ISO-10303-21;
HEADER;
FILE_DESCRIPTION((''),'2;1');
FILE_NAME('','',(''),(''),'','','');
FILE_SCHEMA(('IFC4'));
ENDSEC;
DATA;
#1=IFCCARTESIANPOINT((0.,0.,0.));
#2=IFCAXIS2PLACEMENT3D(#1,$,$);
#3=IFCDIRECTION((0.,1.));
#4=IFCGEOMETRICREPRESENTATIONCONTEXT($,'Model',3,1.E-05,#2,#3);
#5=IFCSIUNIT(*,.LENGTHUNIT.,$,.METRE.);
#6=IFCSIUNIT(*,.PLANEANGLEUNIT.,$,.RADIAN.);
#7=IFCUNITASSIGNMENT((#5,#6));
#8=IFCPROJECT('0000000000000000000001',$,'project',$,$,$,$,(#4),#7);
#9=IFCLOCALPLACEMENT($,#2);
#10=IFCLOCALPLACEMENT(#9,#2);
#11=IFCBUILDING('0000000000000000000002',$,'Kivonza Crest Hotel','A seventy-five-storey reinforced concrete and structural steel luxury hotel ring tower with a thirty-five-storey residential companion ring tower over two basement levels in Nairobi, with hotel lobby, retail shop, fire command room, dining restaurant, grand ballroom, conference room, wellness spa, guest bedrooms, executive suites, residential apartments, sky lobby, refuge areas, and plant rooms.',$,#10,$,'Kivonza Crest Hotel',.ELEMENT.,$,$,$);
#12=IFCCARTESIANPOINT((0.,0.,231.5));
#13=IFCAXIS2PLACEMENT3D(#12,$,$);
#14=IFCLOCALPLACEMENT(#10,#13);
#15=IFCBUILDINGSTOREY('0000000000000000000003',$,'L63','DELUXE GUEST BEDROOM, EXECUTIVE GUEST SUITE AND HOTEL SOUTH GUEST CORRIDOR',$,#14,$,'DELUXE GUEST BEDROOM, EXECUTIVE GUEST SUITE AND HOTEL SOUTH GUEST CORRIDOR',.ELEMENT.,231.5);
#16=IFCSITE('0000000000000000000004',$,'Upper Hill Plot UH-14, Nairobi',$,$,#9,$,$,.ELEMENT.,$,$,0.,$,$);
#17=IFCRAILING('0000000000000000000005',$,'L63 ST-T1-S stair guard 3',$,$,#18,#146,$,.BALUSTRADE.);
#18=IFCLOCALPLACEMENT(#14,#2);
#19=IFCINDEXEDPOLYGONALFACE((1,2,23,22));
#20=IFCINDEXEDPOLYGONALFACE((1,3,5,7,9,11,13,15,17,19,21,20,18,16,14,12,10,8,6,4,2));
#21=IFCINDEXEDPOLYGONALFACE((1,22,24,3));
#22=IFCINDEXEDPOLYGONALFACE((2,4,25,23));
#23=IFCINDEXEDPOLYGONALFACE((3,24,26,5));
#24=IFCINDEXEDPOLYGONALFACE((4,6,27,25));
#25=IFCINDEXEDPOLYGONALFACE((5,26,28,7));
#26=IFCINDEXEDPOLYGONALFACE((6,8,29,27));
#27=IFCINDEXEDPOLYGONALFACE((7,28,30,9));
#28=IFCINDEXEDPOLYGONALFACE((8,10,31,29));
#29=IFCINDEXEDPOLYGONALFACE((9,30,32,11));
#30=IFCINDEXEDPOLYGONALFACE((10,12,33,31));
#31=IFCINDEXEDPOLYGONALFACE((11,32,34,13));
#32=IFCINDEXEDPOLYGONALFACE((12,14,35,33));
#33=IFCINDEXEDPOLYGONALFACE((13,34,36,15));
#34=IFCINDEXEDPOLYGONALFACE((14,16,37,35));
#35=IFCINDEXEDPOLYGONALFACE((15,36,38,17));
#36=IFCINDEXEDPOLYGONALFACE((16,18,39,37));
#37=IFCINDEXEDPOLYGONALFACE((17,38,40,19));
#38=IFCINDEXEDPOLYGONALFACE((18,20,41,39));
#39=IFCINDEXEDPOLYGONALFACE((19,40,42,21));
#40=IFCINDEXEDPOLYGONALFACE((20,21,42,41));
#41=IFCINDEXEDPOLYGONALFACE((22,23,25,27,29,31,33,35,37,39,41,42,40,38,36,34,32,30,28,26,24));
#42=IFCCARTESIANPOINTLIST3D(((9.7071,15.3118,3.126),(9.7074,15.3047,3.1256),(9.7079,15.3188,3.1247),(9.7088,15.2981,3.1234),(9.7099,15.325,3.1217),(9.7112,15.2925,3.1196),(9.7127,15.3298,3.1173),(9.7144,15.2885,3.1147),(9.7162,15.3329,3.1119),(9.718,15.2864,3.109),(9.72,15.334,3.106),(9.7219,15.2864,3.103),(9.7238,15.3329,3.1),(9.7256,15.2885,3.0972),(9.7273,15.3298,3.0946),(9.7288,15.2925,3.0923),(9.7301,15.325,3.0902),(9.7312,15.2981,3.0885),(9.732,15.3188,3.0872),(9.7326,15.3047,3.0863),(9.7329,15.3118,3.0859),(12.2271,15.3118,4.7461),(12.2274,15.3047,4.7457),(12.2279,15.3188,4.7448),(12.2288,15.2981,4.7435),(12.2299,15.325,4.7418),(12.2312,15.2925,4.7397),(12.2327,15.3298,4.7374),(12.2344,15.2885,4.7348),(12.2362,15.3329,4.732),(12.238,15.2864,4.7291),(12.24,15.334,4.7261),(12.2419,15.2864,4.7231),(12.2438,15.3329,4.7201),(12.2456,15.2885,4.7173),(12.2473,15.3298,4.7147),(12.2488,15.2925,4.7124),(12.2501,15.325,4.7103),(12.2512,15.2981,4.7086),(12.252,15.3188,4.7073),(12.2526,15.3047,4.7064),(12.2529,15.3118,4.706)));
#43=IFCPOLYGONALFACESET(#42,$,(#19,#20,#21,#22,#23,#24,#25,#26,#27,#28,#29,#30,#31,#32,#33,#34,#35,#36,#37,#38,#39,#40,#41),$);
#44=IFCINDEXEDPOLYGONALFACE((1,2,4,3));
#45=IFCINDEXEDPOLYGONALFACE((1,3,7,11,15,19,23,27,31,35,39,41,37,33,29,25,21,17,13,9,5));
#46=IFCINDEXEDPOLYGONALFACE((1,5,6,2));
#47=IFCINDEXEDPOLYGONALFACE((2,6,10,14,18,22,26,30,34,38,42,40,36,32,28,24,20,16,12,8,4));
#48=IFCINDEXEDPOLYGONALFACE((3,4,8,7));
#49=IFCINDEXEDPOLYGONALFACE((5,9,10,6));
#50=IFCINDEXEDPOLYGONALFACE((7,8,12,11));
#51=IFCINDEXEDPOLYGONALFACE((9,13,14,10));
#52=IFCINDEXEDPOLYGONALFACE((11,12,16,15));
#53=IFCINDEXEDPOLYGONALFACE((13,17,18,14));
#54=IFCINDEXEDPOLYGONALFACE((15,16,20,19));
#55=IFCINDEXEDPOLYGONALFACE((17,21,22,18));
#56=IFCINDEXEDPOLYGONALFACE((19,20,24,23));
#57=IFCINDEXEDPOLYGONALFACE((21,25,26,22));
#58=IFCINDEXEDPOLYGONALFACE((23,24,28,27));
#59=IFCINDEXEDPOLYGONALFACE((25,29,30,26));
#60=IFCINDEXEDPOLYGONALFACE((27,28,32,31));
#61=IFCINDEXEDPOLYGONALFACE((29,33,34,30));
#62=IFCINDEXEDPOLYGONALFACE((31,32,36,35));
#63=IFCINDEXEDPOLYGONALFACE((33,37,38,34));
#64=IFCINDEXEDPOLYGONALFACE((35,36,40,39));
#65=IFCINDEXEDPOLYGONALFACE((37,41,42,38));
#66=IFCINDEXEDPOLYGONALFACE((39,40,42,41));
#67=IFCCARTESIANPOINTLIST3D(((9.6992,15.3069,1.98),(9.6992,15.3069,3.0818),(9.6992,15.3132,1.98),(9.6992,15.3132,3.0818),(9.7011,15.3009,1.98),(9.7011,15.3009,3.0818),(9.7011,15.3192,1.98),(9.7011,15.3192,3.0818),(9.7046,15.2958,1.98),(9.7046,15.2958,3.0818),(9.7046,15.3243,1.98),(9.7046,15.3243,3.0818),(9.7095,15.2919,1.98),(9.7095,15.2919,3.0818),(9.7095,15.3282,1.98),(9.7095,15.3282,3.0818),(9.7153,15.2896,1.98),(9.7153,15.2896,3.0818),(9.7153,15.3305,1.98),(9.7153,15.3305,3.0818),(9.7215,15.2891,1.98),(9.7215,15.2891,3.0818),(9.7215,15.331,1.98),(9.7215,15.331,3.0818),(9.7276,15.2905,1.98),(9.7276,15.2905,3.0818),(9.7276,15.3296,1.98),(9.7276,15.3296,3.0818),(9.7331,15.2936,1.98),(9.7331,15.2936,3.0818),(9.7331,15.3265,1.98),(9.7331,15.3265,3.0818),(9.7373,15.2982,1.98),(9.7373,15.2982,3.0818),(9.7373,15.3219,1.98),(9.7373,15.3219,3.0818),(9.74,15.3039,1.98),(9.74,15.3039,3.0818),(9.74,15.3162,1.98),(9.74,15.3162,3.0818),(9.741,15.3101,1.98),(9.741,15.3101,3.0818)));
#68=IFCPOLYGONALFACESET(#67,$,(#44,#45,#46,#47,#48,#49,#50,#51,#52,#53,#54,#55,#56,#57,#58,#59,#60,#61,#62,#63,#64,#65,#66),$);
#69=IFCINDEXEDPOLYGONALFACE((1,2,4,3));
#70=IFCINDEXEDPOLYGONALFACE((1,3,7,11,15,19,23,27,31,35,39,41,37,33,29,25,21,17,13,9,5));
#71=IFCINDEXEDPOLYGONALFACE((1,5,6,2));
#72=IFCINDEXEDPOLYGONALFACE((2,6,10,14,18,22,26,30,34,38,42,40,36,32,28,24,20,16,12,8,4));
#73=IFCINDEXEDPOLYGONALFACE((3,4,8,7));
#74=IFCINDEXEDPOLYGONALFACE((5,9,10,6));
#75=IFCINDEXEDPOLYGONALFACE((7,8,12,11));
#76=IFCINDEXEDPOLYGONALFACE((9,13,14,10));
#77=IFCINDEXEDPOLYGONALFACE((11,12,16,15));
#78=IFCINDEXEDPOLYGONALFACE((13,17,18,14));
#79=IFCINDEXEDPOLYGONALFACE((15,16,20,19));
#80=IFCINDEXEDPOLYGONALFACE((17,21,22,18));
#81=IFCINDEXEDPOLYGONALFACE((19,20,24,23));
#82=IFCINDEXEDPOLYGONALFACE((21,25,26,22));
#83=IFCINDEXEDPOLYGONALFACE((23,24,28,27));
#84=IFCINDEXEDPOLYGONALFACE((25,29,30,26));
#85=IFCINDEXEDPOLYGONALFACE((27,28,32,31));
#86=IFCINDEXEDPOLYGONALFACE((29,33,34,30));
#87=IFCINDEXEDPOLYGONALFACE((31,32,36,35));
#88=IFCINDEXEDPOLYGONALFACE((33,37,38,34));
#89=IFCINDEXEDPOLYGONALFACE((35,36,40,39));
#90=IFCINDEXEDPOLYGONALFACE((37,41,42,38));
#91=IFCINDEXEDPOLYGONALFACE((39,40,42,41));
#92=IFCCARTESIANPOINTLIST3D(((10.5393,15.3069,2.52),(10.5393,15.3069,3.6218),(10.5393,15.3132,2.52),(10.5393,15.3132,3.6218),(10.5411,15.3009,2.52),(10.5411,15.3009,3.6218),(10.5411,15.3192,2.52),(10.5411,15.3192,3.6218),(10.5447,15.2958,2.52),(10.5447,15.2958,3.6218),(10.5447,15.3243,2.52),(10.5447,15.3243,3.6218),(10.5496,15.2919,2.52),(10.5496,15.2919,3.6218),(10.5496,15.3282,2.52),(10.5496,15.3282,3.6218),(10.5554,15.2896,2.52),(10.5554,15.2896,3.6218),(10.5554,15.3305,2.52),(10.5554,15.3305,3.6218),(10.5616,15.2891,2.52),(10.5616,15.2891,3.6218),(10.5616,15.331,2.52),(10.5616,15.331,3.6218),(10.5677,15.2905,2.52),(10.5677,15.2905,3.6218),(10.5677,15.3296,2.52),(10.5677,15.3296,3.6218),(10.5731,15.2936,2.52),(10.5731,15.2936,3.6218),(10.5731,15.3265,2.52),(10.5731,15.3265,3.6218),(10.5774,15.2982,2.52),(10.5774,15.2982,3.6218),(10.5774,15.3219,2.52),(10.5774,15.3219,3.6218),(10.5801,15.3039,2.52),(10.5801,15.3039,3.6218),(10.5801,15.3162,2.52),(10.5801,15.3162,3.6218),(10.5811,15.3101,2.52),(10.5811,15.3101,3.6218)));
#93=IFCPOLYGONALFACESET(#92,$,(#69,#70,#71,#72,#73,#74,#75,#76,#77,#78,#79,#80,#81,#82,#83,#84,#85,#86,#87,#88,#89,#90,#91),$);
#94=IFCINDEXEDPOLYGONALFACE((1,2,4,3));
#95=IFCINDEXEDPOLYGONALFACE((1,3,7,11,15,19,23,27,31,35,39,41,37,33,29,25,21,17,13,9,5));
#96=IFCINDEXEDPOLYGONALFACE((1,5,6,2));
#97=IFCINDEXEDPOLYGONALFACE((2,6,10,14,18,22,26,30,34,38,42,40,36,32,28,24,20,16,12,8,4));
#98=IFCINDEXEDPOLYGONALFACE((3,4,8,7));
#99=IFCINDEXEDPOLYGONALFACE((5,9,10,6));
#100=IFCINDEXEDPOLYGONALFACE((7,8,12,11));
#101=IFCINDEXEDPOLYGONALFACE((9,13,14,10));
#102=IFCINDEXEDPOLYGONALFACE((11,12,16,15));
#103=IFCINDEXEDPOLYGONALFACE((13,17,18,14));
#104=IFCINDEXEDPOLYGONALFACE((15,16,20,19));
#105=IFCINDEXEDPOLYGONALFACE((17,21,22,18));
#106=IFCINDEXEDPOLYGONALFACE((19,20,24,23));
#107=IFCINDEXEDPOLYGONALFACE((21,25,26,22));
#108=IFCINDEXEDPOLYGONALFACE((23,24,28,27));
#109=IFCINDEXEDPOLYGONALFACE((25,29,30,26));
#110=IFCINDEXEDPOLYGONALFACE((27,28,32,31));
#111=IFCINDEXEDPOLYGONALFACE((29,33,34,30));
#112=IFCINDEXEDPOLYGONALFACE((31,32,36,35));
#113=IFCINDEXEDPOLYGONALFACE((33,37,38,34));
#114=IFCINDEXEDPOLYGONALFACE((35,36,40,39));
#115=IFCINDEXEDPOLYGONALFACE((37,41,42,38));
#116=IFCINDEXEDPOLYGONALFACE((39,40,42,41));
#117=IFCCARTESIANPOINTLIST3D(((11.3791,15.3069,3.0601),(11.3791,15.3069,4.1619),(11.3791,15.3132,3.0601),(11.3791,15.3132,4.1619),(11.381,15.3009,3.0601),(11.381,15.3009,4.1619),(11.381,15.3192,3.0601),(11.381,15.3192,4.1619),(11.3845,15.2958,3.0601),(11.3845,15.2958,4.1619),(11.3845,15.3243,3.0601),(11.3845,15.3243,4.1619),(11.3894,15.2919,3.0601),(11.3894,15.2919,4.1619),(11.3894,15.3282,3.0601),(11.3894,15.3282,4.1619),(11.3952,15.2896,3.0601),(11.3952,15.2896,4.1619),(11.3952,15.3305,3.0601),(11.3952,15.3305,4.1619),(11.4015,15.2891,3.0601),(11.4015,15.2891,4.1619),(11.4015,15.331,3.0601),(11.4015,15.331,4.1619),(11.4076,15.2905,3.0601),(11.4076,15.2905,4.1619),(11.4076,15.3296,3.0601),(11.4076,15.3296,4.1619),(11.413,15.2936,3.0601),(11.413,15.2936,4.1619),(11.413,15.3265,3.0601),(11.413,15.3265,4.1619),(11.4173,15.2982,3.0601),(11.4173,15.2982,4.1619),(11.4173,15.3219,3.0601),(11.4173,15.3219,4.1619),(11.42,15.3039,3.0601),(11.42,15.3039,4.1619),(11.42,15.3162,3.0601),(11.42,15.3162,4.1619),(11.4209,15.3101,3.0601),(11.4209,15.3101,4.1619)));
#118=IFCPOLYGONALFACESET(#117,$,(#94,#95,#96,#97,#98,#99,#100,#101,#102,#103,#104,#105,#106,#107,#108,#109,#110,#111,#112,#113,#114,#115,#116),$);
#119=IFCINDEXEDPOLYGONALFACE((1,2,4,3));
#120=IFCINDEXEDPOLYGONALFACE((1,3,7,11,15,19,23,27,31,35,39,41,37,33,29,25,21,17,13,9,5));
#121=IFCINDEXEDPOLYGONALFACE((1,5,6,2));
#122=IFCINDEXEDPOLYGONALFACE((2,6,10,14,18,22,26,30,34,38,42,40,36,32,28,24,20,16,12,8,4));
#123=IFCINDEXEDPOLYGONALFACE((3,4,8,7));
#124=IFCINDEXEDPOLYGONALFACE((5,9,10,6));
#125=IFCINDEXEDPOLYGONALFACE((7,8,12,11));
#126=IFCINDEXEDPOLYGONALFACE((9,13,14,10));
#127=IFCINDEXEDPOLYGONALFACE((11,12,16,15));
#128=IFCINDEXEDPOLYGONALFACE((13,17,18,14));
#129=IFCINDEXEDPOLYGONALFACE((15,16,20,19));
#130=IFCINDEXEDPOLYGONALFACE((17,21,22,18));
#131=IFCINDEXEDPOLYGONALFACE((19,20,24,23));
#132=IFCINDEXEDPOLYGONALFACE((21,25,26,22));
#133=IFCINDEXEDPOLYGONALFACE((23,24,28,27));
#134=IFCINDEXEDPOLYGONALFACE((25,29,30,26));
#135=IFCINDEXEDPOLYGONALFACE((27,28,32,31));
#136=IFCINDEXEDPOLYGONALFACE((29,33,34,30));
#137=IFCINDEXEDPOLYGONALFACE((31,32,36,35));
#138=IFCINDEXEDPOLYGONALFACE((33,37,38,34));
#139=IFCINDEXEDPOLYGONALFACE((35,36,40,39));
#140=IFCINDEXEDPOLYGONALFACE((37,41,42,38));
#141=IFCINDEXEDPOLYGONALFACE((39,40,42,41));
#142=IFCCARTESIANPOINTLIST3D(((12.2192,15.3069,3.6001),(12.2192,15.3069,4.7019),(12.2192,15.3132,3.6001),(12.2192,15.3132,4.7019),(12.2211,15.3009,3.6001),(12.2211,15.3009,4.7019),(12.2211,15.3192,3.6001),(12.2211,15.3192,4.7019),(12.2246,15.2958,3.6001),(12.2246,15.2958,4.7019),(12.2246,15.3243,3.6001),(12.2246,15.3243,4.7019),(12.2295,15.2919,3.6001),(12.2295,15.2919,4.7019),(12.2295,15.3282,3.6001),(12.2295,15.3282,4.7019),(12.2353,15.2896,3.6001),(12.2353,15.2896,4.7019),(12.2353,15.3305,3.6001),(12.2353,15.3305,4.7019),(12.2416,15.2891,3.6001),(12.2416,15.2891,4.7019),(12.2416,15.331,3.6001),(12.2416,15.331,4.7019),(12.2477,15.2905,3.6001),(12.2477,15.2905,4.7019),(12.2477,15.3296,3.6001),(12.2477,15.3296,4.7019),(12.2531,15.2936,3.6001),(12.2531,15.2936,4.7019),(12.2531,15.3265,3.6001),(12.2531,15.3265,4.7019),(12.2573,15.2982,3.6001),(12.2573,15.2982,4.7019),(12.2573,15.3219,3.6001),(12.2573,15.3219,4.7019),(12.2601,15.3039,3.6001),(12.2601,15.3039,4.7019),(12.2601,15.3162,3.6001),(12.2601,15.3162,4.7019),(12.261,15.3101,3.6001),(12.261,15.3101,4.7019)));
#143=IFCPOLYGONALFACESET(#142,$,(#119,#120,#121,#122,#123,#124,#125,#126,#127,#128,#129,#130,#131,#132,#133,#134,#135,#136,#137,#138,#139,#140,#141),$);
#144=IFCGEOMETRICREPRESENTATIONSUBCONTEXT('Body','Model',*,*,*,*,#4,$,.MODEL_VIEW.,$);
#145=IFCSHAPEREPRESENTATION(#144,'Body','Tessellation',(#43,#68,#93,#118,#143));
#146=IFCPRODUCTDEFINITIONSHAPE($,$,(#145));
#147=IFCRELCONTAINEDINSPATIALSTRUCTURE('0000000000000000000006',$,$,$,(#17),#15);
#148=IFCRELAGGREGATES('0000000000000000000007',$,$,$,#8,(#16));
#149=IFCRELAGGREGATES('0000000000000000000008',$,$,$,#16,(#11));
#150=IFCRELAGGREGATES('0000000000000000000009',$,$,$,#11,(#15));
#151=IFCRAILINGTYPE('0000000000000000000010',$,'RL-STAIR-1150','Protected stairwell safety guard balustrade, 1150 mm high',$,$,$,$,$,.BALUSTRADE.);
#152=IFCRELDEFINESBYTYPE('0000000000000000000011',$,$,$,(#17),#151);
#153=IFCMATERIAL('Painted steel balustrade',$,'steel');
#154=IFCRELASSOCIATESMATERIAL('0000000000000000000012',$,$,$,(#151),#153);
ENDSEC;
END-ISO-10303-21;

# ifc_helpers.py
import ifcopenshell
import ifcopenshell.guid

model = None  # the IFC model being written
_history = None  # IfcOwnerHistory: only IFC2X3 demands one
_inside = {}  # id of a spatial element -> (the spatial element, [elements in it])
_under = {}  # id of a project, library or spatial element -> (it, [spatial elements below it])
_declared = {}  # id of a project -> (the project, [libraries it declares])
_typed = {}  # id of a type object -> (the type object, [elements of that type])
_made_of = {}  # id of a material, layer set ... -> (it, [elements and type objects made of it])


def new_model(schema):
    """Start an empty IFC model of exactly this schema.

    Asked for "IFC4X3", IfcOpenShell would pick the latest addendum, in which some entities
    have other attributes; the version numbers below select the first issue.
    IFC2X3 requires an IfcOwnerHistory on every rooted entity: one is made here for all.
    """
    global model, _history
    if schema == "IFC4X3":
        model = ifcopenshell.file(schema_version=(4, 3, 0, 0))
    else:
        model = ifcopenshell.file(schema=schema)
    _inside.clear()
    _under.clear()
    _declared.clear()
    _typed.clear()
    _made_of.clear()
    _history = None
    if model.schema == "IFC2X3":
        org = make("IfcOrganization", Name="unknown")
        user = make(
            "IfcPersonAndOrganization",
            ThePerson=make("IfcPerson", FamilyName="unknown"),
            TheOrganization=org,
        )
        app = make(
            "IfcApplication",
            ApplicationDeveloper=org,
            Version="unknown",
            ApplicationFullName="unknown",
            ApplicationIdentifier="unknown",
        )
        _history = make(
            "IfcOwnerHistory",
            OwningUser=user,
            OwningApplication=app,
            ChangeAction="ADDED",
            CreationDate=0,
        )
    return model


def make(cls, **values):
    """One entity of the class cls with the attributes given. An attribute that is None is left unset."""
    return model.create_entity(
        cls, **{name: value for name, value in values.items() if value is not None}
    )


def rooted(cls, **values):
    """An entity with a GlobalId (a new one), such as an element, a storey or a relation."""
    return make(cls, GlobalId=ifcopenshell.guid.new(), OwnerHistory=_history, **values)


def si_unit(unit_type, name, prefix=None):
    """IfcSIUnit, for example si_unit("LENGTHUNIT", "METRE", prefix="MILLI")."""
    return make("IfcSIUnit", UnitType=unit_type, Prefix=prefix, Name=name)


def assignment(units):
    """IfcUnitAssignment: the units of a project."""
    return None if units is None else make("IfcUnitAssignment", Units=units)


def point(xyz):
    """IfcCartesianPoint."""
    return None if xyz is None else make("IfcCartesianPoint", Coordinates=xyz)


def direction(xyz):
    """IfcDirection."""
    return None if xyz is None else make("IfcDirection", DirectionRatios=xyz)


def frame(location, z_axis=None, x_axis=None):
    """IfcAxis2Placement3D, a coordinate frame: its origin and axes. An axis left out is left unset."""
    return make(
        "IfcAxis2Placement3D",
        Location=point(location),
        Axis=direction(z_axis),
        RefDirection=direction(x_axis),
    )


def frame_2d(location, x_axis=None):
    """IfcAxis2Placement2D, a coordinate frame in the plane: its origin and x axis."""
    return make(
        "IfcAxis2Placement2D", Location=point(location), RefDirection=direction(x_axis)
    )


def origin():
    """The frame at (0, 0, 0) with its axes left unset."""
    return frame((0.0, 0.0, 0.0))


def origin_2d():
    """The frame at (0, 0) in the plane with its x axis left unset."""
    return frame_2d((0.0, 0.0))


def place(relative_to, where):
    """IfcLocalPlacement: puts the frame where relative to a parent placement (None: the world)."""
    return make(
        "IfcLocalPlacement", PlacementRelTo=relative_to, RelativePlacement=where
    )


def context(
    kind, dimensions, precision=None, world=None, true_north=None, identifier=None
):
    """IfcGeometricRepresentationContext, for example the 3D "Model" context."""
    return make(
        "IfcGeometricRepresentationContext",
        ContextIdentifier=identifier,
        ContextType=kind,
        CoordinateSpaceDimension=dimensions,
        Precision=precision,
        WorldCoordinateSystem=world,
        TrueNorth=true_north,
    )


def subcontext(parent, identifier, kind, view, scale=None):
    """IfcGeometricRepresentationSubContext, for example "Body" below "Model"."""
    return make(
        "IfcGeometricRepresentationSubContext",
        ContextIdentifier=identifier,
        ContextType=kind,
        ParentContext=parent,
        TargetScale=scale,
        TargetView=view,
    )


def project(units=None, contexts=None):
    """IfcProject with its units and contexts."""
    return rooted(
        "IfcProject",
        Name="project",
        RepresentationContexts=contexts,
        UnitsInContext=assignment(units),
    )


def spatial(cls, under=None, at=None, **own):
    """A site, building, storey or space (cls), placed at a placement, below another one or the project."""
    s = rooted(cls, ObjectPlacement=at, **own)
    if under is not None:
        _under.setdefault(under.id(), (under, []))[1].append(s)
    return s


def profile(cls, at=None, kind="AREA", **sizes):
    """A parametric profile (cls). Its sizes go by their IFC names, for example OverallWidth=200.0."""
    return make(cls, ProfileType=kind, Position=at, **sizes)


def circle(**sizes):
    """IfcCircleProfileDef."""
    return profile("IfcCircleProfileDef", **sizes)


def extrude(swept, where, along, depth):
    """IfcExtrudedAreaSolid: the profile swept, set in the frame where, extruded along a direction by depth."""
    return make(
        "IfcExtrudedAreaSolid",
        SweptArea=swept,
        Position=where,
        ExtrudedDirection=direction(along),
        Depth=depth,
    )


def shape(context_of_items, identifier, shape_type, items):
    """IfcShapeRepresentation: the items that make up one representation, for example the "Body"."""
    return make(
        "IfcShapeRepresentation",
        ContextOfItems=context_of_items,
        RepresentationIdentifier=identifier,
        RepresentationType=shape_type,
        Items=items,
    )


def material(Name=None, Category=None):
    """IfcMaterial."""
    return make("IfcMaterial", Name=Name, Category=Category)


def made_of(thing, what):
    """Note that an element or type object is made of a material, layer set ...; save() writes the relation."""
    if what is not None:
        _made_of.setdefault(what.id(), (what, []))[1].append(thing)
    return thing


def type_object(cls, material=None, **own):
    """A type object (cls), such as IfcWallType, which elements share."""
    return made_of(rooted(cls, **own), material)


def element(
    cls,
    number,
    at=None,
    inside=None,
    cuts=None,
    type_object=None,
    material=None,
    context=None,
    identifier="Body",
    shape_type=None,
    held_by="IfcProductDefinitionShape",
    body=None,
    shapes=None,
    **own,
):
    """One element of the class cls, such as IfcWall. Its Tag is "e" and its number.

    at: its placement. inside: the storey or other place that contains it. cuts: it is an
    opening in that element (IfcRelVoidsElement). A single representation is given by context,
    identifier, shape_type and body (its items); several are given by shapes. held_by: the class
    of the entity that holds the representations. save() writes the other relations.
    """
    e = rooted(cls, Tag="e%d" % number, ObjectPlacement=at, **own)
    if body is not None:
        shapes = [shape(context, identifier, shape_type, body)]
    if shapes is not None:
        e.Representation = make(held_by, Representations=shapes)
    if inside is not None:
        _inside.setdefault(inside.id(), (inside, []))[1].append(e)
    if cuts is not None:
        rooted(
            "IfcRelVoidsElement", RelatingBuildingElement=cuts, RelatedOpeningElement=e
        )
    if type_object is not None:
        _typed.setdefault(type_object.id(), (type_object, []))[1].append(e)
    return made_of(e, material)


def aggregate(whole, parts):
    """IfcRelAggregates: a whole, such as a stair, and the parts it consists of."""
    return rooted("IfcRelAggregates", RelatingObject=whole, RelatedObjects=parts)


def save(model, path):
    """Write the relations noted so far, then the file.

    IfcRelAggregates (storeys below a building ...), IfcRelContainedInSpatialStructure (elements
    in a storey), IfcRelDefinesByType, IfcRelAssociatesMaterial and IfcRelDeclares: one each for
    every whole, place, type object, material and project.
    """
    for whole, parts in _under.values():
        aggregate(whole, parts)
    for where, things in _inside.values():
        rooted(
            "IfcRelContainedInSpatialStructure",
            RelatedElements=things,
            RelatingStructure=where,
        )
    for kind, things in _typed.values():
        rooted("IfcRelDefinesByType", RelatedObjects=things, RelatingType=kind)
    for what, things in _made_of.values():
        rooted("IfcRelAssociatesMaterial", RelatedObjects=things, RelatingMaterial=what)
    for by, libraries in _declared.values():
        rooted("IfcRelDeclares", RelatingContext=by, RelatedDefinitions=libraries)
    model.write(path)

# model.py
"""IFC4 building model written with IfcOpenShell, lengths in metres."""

from ifc_helpers import new_model, si_unit, direction, frame, origin, origin_2d, place, context, subcontext, project, spatial, circle, extrude, material, type_object, element, save


model = new_model("IFC4")

# Units and contexts
model_context = context("Model", 3, precision=1e-05, world=origin(), true_north=direction((0.0, 1.0)))
body_context = subcontext(model_context, "Body", "Model", "MODEL_VIEW")
ifc_project = project(units=[si_unit("LENGTHUNIT", "METRE"), si_unit("PLANEANGLEUNIT", "RADIAN")], contexts=[model_context])

# Site, building, storey
site_placement = place(None, origin())
site = spatial("IfcSite", under=ifc_project, at=site_placement, Name="Upper Hill Plot UH-14, Nairobi", CompositionType="ELEMENT", RefElevation=0.0)
building_placement = place(site_placement, origin())
building = spatial("IfcBuilding", under=site, at=building_placement, Name="Kivonza Crest Hotel", Description="A seventy-five-storey reinforced concrete and structural steel luxury hotel ring tower with a thirty-five-storey residential companion ring tower over two basement levels in Nairobi, with hotel lobby, retail shop, fire command room, dining restaurant, grand ballroom, conference room, wellness spa, guest bedrooms, executive suites, residential apartments, sky lobby, refuge areas, and plant rooms.", LongName="Kivonza Crest Hotel", CompositionType="ELEMENT")
storey_placement = place(building_placement, frame((0.0, 0.0, 231.5)))
storey = spatial("IfcBuildingStorey", under=building, at=storey_placement, Name="L63", Description="DELUXE GUEST BEDROOM, EXECUTIVE GUEST SUITE AND HOTEL SOUTH GUEST CORRIDOR", LongName="DELUXE GUEST BEDROOM, EXECUTIVE GUEST SUITE AND HOTEL SOUTH GUEST CORRIDOR", CompositionType="ELEMENT", Elevation=231.5)

# Railing
ifc_material_1 = material(Name="Painted steel balustrade", Category="steel")
railing_type_1 = type_object("IfcRailingType", Name="RL-STAIR-1150", Description="Protected stairwell safety guard balustrade, 1150 mm high", PredefinedType="BALUSTRADE", material=ifc_material_1)
railing_1_placement = place(storey_placement, frame((9.72, 15.3101, 1.98)))
element("IfcRailing", 1, at=railing_1_placement, inside=storey, type_object=railing_type_1, Name="L63 ST-T1-S stair guard 3", PredefinedType="BALUSTRADE", context=body_context, shape_type="SweptSolid", body=[
    extrude(circle(Radius=0.0239, at=origin_2d()), frame((0.0, 0.0, 1.126), z_axis=(0.841163, 0.0, 0.540782), x_axis=(0.0, 1.0, 0.0)), (0.0, 0.0, 1.0), 2.9958),
    extrude(circle(Radius=0.021, at=origin_2d()), origin(), (0.0, 0.0, 1.0), 1.1018),
    extrude(circle(Radius=0.021, at=origin_2d()), frame((0.8401, 0.0, 0.54)), (0.0, 0.0, 1.0), 1.1018),
    extrude(circle(Radius=0.021, at=origin_2d()), frame((1.6799, 0.0, 1.0801)), (0.0, 0.0, 1.0), 1.1018),
    extrude(circle(Radius=0.021, at=origin_2d()), frame((2.52, 0.0, 1.6201)), (0.0, 0.0, 1.0), 1.1018),
])

save(model, "model.ifc")
